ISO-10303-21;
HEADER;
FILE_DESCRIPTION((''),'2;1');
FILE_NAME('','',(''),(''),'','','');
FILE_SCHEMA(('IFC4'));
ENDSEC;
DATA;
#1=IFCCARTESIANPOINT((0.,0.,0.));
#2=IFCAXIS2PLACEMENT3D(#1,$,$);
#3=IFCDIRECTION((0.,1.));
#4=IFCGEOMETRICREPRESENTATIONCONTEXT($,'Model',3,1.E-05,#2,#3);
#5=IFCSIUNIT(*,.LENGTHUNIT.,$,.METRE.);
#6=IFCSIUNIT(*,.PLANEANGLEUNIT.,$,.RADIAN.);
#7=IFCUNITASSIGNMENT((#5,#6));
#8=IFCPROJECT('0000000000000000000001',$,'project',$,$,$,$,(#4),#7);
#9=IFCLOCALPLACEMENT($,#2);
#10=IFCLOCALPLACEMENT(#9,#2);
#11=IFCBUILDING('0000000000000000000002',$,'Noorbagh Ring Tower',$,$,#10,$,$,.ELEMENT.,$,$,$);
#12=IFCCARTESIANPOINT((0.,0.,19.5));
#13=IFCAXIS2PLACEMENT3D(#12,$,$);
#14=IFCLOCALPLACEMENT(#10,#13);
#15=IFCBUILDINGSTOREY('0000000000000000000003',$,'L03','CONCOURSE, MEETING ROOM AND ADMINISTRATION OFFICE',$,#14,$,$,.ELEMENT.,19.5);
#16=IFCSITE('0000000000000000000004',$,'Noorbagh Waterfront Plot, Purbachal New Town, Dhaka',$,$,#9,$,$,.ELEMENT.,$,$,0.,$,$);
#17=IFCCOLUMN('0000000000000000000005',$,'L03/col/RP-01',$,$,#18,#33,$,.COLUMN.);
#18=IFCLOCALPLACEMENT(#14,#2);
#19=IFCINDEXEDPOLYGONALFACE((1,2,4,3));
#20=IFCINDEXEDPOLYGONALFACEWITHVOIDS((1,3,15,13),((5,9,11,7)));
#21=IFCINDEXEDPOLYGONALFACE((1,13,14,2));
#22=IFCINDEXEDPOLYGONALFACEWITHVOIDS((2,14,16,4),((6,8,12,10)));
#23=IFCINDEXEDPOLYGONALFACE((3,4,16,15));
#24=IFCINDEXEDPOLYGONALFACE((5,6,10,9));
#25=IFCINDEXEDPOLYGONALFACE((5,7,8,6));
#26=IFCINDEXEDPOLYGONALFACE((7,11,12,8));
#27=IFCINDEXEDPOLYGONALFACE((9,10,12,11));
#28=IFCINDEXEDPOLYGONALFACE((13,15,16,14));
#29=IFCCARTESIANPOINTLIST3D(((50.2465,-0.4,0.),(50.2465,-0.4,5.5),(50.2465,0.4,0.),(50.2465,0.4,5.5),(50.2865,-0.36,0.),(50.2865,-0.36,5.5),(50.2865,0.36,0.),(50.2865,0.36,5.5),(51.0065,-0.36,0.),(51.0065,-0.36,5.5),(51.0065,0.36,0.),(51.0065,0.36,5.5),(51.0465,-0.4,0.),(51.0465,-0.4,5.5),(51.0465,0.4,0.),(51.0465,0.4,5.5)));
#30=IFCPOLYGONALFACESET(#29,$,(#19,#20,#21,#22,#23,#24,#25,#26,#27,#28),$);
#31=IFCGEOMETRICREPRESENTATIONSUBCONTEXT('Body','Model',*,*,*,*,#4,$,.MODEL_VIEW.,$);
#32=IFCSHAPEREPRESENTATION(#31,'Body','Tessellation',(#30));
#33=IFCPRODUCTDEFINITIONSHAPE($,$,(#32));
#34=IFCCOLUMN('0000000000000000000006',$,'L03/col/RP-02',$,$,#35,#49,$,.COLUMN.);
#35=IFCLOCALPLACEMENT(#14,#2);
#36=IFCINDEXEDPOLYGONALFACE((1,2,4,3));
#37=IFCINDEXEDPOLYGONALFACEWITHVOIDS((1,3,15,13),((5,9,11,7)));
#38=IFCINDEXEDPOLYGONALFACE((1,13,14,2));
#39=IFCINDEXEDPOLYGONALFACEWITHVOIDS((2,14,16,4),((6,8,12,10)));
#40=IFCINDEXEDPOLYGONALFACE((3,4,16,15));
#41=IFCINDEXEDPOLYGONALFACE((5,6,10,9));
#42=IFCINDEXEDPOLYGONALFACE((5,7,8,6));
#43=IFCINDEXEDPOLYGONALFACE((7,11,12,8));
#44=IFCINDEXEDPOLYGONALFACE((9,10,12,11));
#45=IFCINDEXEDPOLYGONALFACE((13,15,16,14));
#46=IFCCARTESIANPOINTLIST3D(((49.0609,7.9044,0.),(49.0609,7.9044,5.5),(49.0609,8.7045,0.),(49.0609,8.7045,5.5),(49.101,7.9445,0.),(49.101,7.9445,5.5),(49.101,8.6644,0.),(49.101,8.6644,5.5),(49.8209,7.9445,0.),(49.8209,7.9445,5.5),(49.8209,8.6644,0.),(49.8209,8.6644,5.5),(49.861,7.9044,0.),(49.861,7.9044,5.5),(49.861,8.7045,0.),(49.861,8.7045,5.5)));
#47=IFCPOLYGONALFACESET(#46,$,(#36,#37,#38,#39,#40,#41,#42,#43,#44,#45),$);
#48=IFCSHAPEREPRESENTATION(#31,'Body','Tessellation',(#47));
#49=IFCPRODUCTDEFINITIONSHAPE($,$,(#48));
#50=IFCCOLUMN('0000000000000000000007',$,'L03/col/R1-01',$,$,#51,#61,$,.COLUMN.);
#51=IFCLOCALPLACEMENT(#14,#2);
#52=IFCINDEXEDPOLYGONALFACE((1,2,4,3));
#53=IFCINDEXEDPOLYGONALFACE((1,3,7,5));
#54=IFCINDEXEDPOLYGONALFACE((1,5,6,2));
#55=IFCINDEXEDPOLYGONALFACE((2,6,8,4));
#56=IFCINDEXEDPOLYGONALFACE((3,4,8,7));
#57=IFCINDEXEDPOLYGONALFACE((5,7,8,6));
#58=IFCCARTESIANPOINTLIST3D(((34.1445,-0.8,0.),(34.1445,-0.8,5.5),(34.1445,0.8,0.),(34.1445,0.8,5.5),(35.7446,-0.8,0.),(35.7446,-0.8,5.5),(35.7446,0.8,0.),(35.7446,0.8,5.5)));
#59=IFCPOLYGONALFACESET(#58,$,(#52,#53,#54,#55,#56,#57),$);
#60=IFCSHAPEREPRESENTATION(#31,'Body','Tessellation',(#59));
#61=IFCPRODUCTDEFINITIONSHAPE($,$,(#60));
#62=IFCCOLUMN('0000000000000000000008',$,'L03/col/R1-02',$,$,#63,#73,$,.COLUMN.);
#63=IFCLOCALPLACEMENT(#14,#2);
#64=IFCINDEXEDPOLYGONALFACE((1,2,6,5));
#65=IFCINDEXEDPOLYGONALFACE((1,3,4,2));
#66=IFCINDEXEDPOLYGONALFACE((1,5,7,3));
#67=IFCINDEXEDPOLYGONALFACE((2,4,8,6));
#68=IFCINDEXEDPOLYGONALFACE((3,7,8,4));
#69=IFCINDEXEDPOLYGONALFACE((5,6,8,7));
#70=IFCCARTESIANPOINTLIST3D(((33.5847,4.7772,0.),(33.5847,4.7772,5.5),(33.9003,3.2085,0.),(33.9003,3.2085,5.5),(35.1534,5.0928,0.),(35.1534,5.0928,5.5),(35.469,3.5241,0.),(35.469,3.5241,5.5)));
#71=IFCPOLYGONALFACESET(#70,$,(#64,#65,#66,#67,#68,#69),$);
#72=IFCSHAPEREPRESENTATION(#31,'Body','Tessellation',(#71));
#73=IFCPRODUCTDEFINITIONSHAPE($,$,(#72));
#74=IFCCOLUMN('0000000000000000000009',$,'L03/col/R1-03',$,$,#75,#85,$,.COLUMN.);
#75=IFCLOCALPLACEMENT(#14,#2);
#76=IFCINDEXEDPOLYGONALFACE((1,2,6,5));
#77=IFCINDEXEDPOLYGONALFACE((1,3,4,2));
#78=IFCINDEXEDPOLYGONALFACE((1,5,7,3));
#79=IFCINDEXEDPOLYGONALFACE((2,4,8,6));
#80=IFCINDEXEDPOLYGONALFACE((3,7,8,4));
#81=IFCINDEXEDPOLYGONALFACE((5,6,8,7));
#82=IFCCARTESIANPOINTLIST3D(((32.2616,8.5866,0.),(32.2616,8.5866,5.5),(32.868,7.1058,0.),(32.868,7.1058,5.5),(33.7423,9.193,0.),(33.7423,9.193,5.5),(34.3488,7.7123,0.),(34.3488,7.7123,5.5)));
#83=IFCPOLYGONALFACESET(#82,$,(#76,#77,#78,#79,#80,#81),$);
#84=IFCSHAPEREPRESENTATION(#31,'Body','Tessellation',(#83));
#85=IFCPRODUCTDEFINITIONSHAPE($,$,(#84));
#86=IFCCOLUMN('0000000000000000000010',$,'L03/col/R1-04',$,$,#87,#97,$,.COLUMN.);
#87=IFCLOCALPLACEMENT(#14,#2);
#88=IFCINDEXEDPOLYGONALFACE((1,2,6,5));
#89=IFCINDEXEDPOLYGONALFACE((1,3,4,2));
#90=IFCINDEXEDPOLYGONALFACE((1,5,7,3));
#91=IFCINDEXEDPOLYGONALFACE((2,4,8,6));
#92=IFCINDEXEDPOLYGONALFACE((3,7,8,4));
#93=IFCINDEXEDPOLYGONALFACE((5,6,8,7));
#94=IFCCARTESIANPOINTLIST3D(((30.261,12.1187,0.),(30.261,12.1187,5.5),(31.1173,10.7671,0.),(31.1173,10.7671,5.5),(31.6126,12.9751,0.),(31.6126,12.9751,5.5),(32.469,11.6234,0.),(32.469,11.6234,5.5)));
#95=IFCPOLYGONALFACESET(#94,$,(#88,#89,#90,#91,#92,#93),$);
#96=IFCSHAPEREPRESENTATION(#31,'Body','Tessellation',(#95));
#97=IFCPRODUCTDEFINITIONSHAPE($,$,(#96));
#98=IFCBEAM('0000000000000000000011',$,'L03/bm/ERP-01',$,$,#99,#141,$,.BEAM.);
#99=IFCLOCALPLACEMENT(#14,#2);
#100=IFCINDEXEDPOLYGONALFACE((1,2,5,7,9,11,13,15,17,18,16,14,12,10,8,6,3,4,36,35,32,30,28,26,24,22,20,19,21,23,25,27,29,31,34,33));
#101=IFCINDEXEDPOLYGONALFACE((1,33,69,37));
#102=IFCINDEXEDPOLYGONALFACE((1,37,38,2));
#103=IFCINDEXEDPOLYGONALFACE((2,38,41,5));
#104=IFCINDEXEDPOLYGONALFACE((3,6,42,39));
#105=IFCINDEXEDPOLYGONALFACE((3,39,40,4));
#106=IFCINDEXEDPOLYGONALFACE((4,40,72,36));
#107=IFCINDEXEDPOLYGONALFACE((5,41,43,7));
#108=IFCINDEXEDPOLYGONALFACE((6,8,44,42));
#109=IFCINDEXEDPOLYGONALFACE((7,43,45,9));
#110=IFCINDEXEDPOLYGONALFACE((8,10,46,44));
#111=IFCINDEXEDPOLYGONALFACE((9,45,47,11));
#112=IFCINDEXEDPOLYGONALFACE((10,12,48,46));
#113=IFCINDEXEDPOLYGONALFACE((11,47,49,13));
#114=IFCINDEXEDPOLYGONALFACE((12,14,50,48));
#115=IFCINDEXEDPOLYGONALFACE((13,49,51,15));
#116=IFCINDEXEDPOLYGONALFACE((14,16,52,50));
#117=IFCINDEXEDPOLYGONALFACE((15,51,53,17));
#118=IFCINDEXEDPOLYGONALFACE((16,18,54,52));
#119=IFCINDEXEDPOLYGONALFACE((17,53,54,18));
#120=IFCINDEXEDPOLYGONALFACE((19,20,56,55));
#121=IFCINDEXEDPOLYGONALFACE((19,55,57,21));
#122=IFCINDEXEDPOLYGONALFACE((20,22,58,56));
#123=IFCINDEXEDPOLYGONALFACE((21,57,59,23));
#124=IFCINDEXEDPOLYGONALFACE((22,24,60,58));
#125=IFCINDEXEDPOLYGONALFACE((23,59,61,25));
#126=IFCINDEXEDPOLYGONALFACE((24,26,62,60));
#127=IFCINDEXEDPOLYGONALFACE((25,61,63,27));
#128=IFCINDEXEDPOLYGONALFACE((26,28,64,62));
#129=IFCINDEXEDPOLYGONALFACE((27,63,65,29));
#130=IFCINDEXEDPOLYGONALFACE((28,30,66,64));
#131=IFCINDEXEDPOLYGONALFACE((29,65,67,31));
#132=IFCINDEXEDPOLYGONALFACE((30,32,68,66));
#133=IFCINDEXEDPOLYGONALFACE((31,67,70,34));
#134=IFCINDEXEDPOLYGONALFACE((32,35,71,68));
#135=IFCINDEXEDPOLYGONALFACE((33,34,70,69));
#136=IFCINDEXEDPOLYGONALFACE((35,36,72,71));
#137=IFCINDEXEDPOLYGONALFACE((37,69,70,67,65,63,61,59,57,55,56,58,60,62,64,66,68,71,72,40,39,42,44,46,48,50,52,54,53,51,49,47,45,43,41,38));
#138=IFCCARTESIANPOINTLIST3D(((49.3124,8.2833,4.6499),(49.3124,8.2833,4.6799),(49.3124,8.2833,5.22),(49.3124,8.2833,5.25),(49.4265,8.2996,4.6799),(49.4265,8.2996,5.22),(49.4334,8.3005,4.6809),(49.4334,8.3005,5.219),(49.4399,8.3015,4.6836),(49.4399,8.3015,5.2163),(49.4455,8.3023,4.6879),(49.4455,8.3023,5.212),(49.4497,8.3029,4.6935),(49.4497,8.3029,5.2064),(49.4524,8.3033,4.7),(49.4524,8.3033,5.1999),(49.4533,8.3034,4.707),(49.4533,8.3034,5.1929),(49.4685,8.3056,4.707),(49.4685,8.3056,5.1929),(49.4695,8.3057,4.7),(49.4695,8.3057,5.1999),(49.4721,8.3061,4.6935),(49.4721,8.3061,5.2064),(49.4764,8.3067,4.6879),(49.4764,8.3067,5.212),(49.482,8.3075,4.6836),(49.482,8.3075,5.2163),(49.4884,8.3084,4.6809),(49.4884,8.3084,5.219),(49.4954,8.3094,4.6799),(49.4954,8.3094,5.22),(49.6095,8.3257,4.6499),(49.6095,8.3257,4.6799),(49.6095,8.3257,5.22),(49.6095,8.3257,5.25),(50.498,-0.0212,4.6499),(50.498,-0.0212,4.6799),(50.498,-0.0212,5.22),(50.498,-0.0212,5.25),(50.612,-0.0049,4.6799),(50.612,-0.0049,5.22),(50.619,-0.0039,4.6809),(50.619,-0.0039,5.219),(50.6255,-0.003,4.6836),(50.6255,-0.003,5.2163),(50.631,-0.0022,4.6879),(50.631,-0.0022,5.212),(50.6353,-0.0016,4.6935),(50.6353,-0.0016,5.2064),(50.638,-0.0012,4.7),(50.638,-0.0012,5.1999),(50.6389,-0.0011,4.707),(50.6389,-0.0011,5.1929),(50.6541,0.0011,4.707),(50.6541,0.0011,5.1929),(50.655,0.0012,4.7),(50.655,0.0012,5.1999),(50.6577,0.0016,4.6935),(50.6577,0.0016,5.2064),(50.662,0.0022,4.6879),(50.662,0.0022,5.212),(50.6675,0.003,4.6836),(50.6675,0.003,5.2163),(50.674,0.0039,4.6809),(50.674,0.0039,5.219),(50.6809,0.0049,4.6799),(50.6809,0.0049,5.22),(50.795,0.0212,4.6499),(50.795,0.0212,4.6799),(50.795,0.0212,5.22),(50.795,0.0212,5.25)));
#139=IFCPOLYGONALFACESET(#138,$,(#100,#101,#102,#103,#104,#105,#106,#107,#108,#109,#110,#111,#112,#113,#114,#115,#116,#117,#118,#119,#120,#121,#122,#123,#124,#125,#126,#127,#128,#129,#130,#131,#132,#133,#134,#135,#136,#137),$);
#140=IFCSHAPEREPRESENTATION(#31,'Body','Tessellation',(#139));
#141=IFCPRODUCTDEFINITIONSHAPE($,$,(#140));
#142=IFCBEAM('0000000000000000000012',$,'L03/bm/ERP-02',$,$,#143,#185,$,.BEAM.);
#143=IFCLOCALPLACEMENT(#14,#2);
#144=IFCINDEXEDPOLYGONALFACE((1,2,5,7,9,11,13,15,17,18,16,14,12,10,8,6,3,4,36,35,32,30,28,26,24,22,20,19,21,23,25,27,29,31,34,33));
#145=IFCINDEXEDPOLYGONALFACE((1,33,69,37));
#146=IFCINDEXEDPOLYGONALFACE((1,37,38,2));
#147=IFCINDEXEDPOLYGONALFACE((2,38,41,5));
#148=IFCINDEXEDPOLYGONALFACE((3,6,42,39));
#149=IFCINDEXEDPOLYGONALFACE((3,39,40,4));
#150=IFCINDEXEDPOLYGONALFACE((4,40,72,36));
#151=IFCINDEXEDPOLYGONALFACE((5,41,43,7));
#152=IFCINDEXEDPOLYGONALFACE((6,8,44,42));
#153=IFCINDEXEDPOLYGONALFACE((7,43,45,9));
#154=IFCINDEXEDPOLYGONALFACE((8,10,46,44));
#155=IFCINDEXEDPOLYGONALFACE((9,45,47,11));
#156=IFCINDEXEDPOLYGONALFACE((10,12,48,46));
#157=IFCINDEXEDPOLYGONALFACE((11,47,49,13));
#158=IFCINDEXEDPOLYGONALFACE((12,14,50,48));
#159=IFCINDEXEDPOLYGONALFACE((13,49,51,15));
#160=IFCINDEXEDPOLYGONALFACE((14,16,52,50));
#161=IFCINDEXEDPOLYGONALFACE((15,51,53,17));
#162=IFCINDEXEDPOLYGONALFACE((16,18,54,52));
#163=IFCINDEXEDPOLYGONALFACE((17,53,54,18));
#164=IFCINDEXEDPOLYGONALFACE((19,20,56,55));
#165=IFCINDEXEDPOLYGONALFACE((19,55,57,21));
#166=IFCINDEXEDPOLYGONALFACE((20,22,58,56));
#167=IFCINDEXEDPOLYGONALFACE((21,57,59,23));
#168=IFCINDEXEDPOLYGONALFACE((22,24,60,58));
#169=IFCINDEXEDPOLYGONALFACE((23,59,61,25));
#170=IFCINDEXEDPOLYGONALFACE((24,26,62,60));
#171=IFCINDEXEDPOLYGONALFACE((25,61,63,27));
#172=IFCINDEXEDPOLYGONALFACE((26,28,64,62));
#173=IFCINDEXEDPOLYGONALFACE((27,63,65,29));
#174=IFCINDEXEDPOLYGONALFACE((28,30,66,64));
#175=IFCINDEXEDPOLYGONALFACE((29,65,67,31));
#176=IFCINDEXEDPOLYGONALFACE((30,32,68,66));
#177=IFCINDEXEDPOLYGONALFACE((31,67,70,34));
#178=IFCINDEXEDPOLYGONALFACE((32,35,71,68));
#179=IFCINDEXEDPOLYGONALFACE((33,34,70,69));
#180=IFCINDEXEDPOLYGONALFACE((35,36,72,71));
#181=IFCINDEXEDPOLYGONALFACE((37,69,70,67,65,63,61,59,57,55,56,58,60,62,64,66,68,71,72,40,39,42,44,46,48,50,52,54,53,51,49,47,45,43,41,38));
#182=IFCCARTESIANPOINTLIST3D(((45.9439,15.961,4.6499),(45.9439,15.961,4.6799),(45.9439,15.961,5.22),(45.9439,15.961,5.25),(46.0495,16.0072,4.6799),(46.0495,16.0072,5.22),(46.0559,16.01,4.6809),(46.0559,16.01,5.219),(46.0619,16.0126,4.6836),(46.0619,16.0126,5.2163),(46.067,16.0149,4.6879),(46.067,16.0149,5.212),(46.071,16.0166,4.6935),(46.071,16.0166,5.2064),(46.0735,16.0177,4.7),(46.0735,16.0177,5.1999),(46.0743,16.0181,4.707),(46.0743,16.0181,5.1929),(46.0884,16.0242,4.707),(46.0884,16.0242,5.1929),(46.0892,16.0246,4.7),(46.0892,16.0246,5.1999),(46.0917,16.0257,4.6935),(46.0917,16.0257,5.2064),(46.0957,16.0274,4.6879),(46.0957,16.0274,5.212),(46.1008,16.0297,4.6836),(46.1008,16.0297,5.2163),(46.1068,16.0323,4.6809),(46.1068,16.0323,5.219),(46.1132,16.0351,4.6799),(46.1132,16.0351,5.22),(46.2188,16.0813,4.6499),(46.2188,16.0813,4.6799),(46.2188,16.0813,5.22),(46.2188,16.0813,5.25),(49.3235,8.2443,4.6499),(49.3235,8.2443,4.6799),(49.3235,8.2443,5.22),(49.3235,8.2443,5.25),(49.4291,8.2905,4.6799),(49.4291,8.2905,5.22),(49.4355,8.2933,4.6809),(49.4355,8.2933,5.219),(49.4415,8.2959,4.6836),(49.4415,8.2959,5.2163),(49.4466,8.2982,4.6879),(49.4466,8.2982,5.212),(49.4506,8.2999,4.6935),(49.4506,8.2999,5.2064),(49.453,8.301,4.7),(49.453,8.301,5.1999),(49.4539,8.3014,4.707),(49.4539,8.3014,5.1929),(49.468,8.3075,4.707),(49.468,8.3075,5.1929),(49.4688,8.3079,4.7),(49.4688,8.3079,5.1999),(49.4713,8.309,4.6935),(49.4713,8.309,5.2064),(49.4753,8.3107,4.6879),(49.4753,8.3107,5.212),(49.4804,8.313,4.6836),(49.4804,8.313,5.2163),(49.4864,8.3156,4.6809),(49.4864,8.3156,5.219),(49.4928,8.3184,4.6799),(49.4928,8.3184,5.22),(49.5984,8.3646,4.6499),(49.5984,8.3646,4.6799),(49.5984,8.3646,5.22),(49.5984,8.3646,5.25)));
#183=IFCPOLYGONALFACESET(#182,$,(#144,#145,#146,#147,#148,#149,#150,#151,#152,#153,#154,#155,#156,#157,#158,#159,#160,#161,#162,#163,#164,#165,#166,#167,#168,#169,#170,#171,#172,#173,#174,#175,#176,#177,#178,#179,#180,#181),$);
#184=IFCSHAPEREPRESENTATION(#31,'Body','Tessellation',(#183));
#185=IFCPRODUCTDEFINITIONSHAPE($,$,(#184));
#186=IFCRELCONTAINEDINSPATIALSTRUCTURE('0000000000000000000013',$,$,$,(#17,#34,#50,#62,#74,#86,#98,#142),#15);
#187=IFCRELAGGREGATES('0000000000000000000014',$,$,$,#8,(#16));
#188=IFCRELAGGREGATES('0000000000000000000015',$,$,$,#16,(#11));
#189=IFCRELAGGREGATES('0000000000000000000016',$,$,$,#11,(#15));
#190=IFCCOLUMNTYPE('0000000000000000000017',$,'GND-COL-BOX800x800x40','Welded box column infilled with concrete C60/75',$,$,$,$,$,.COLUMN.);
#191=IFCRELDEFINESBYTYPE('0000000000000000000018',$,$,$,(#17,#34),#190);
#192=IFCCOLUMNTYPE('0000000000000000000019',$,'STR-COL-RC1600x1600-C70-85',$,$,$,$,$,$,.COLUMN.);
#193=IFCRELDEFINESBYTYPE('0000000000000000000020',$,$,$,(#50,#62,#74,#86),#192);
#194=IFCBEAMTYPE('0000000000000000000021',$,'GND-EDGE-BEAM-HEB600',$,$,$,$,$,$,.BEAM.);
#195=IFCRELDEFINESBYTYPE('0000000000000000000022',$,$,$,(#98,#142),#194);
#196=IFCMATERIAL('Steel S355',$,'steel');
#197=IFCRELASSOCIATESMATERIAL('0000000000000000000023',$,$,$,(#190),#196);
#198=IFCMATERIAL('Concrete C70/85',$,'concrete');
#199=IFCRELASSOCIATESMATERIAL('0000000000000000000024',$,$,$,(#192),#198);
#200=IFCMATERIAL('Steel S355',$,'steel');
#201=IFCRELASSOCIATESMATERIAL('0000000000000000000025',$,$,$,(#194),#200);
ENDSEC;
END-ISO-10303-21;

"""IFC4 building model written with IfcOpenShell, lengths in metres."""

from ifc_helpers import new_model, si_unit, direction, frame, origin, origin_2d, place, context, subcontext, project, spatial, rectangle, hollow_rectangle, i_section, extrude, material, material_profile, profile_set, type_object, element, save


model = new_model("IFC4")

# Units and contexts
model_context = context("Model", 3, precision=1e-05, world=origin(), true_north=direction((0.0, 1.0)))
body_context = subcontext(model_context, "Body", "Model", "MODEL_VIEW")
ifc_project = project(units=[si_unit("LENGTHUNIT", "METRE"), si_unit("PLANEANGLEUNIT", "RADIAN")], contexts=[model_context])

# Site, building, storey
site_placement = place(None, origin())
site = spatial("IfcSite", under=ifc_project, at=site_placement, Name="Noorbagh Waterfront Plot, Purbachal New Town, Dhaka", CompositionType="ELEMENT", RefElevation=0.0)
building_placement = place(site_placement, origin())
building = spatial("IfcBuilding", under=site, at=building_placement, Name="Noorbagh Ring Tower", CompositionType="ELEMENT")
storey_placement = place(building_placement, frame((0.0, 0.0, 19.5)))
storey = spatial("IfcBuildingStorey", under=building, at=storey_placement, Name="L03", Description="CONCOURSE, MEETING ROOM AND ADMINISTRATION OFFICE", CompositionType="ELEMENT", Elevation=19.5)

# Columns
ifc_material_1 = material(Name="Steel S355", Category="steel")
ifc_material_profile_1 = material_profile(ifc_material_1, hollow_rectangle(XDim=0.8, YDim=0.8, WallThickness=0.04, at=origin_2d()), Name="BOX800x800x40")
ifc_profile_set_1 = profile_set([ifc_material_profile_1], Name="Steel S355")
column_type_1 = type_object("IfcColumnType", Name="GND-COL-BOX800x800x40", Description="Welded box column infilled with concrete C60/75", PredefinedType="COLUMN", material=ifc_profile_set_1)
for number, where, z_axis, x_axis, name in (
    (1, (50.6465, 0.0, 0.0), (0.0, 0.0, 1.0), (1.0, 0.0, 0.0), "L03/col/RP-01"),
    (2, (49.4609, 8.3044, 0.0), (0.0, 0.0, 1.0), (1.0, 0.0, 0.0), "L03/col/RP-02"),
):
    element("IfcColumn", number, at=place(storey_placement, frame(where, z_axis=z_axis, x_axis=x_axis)), inside=storey, type_object=column_type_1, Name=name, PredefinedType="COLUMN", context=body_context, shape_type="SweptSolid", body=[
        extrude(hollow_rectangle(XDim=0.8, YDim=0.8, WallThickness=0.04, at=origin_2d()), origin(), (0.0, 0.0, 1.0), 5.5),
    ])
ifc_material_2 = material(Name="Concrete C70/85", Category="concrete")
ifc_material_profile_2 = material_profile(ifc_material_2, rectangle(XDim=1.6001, YDim=1.6001, at=origin_2d()), Name="RC1600x1600")
ifc_profile_set_2 = profile_set([ifc_material_profile_2], Name="Concrete C70/85")
column_type_2 = type_object("IfcColumnType", Name="STR-COL-RC1600x1600-C70-85", PredefinedType="COLUMN", material=ifc_profile_set_2)
for number, where, z_axis, x_axis, name in (
    (3, (34.9446, 0.0, 0.0), (0.0, 0.0, 1.0), (0.0, 1.0, 0.0), "L03/col/R1-01"),
    (4, (34.5269, 4.1506, 0.0), (0.0, 0.0, 1.0), (-0.19723, 0.980357, 0.0), "L03/col/R1-02"),
    (5, (33.3052, 8.1494, 0.0), (0.0, 0.0, 1.0), (-0.378989, 0.925401, 0.0), "L03/col/R1-03"),
    (6, (31.365, 11.8711, 0.0), (0.0, 0.0, 1.0), (-0.53519, 0.844731, 0.0), "L03/col/R1-04"),
):
    element("IfcColumn", number, at=place(storey_placement, frame(where, z_axis=z_axis, x_axis=x_axis)), inside=storey, type_object=column_type_2, Name=name, PredefinedType="COLUMN", context=body_context, shape_type="SweptSolid", body=[
        extrude(rectangle(XDim=1.6001, YDim=1.6001, at=origin_2d()), origin(), (0.0, 0.0, 1.0), 5.5),
    ])

# Beams
ifc_material_3 = material(Name="Steel S355", Category="steel")
ifc_material_profile_3 = material_profile(ifc_material_3, i_section(OverallWidth=0.3, OverallDepth=0.6001, WebThickness=0.0154, FlangeThickness=0.03, FilletRadius=0.0271, at=origin_2d()), Name="HEB600")
ifc_profile_set_3 = profile_set([ifc_material_profile_3], Name="Steel S355")
beam_type_1 = type_object("IfcBeamType", Name="GND-EDGE-BEAM-HEB600", PredefinedType="BEAM", material=ifc_profile_set_3)
beam_1_placement = place(storey_placement, frame((50.6465, 0.0, 4.95), z_axis=(-0.141328, 0.989963, 0.0), x_axis=(-0.989963, -0.141328, 0.0)))
element("IfcBeam", 7, at=beam_1_placement, inside=storey, type_object=beam_type_1, Name="L03/bm/ERP-01", PredefinedType="BEAM", context=body_context, shape_type="SweptSolid", body=[
    extrude(i_section(OverallWidth=0.3, OverallDepth=0.6001, WebThickness=0.0154, FlangeThickness=0.03, FilletRadius=0.0271, at=origin_2d()), origin(), (0.0, 0.0, 1.0), 8.3887),
])
beam_2_placement = place(storey_placement, frame((49.4609, 8.3044, 4.95), z_axis=(-0.401172, 0.916003, 0.0), x_axis=(-0.916003, -0.401172, 0.0)))
element("IfcBeam", 8, at=beam_2_placement, inside=storey, type_object=beam_type_1, Name="L03/bm/ERP-02", PredefinedType="BEAM", context=body_context, shape_type="SweptSolid", body=[
    extrude(i_section(OverallWidth=0.3, OverallDepth=0.6001, WebThickness=0.0154, FlangeThickness=0.03, FilletRadius=0.0271, at=origin_2d()), origin(), (0.0, 0.0, 1.0), 8.4243),
])

save(model, "model.ifc")
